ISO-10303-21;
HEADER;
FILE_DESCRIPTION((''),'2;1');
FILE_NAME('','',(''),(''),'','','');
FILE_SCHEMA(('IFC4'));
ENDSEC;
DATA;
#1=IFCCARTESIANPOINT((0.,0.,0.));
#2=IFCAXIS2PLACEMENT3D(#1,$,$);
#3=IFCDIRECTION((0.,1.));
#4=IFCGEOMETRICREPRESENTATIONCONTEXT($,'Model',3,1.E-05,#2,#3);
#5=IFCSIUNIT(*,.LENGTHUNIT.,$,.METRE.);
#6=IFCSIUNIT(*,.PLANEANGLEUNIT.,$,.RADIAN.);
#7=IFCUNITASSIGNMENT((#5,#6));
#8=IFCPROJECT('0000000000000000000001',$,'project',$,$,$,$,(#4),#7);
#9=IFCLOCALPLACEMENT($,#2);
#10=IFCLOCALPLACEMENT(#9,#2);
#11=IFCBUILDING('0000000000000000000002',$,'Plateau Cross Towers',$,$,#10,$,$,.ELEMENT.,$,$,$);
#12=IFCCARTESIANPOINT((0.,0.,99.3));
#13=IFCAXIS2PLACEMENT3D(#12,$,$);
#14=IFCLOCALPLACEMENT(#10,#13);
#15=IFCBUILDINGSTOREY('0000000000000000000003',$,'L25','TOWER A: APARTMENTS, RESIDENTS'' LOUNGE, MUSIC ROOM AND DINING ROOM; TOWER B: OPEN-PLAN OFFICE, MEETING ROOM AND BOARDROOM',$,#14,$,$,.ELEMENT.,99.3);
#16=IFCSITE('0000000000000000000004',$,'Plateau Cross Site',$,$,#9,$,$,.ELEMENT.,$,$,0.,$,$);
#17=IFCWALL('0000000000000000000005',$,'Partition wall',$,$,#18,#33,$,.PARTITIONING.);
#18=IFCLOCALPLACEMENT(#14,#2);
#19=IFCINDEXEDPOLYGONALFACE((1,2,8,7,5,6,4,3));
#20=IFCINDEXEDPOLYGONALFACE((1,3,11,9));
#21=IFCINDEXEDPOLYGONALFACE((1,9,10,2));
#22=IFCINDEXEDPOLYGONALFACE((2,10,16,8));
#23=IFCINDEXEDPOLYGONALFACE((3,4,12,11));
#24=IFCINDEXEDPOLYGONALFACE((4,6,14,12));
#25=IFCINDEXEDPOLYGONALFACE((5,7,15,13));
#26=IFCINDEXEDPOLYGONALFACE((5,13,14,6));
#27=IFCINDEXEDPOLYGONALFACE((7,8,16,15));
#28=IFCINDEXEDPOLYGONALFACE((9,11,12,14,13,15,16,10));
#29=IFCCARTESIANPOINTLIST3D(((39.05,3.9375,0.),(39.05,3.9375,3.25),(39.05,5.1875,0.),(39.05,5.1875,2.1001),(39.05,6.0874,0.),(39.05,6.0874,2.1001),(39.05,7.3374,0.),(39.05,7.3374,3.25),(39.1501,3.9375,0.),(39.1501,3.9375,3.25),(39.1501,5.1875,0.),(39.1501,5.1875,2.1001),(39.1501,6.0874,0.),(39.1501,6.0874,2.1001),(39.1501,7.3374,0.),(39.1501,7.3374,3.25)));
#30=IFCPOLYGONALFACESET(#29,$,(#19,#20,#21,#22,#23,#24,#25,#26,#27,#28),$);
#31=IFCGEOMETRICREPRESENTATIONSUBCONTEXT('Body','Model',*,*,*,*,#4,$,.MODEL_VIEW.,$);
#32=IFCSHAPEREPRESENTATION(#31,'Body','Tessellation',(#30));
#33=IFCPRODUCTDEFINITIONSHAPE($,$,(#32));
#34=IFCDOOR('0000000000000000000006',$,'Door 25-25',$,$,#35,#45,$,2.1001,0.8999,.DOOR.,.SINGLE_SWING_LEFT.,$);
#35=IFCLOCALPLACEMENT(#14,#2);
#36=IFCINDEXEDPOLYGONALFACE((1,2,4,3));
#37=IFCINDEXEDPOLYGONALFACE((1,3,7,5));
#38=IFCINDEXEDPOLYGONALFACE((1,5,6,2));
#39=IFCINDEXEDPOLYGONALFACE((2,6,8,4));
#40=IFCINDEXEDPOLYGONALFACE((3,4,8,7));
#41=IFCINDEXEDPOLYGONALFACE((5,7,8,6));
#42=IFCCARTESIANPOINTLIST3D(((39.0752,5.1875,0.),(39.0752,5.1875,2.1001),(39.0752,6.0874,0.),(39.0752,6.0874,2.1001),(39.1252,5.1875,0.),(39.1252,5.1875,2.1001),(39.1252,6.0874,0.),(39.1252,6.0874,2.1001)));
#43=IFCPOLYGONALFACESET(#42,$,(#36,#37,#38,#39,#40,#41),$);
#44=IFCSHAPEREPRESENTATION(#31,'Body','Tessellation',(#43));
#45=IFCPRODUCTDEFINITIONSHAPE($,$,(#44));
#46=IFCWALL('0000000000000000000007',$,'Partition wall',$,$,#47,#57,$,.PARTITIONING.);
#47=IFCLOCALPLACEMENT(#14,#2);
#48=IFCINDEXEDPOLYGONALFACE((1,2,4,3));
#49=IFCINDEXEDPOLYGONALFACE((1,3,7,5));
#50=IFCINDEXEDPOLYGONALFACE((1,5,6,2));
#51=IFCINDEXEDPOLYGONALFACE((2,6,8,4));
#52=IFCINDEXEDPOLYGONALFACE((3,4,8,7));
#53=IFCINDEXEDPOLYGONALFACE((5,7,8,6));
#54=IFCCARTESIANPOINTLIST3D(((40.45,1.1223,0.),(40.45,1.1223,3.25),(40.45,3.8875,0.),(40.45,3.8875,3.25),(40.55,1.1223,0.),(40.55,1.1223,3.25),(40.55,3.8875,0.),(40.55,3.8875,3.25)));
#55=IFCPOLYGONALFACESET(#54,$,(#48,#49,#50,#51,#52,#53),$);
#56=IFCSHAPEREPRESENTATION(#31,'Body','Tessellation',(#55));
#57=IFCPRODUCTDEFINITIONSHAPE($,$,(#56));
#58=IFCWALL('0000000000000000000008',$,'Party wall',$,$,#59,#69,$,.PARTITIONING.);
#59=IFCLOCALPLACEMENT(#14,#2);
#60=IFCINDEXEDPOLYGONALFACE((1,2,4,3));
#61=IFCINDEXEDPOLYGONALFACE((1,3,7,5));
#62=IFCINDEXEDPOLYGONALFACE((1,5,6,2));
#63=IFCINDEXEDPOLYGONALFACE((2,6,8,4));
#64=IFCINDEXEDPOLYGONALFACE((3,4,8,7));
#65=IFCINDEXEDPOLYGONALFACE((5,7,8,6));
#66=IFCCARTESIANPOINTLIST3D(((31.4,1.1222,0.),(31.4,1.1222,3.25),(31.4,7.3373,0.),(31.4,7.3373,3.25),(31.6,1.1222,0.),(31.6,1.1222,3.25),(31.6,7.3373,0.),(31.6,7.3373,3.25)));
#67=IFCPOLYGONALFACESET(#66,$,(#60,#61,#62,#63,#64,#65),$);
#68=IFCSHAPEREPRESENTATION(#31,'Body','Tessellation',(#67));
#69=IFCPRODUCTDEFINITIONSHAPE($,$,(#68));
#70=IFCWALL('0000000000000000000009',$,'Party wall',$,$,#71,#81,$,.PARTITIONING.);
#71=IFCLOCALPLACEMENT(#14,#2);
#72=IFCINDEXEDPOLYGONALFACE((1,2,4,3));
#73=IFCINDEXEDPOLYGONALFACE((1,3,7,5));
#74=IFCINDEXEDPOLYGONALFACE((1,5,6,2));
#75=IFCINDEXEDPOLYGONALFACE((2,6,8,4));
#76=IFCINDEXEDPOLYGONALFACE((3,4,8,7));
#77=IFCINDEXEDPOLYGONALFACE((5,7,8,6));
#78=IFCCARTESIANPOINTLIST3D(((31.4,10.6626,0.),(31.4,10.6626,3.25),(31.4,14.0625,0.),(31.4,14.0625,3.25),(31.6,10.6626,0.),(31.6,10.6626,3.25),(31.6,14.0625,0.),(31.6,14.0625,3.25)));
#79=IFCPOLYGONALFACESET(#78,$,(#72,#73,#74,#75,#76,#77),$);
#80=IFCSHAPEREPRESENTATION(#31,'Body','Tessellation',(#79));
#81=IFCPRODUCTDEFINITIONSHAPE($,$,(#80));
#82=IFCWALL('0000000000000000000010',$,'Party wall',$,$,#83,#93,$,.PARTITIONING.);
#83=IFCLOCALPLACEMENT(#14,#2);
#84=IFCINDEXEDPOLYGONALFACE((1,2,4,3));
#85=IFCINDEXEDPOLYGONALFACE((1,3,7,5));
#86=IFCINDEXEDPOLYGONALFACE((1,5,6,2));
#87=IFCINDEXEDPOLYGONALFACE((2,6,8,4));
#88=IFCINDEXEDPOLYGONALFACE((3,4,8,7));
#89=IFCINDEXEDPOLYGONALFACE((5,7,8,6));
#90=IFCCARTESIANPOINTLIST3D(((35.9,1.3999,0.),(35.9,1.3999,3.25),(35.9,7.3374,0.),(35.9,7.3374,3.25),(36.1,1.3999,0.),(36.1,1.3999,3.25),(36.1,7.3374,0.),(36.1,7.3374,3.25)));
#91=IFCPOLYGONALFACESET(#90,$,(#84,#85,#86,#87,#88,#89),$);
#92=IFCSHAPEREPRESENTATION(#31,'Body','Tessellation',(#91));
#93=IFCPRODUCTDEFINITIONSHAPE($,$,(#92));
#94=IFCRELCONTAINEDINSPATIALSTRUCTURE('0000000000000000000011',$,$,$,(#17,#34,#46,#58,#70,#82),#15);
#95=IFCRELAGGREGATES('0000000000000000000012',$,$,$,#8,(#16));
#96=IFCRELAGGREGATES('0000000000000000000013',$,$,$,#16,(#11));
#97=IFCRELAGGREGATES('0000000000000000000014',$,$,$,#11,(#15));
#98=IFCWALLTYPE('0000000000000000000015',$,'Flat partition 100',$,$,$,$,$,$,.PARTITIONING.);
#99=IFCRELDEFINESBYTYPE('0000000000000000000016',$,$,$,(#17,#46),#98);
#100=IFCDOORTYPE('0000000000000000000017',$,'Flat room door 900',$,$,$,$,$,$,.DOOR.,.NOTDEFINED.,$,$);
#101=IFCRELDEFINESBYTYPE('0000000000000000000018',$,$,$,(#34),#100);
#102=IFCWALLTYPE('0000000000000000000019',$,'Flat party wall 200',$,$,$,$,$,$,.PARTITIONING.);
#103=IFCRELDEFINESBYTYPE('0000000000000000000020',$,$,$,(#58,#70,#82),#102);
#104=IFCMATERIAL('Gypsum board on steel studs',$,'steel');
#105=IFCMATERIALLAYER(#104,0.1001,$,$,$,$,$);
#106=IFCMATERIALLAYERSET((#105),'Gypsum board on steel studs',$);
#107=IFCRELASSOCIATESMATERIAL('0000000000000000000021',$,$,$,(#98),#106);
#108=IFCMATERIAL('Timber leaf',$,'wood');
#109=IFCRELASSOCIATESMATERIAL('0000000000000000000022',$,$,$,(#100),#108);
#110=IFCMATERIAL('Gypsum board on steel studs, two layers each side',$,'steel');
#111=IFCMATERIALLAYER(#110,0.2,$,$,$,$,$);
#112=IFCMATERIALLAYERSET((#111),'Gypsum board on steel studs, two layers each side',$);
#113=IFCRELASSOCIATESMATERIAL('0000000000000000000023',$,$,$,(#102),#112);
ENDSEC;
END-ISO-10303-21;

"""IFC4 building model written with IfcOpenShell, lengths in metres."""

from ifc_helpers import new_model, si_unit, direction, frame, frame_2d, origin, place, context, subcontext, project, spatial, rectangle, extrude, material, layer, layer_set, type_object, element, fill, save


model = new_model("IFC4")

# Units and contexts
model_context = context("Model", 3, precision=1e-05, world=origin(), true_north=direction((0.0, 1.0)))
body_context = subcontext(model_context, "Body", "Model", "MODEL_VIEW")
ifc_project = project(units=[si_unit("LENGTHUNIT", "METRE"), si_unit("PLANEANGLEUNIT", "RADIAN")], contexts=[model_context])

# Site, building, storey
site_placement = place(None, origin())
site = spatial("IfcSite", under=ifc_project, at=site_placement, Name="Plateau Cross Site", CompositionType="ELEMENT", RefElevation=0.0)
building_placement = place(site_placement, origin())
building = spatial("IfcBuilding", under=site, at=building_placement, Name="Plateau Cross Towers", CompositionType="ELEMENT")
storey_placement = place(building_placement, frame((0.0, 0.0, 99.3)))
storey = spatial("IfcBuildingStorey", under=building, at=storey_placement, Name="L25", Description="TOWER A: APARTMENTS, RESIDENTS' LOUNGE, MUSIC ROOM AND DINING ROOM; TOWER B: OPEN-PLAN OFFICE, MEETING ROOM AND BOARDROOM", CompositionType="ELEMENT", Elevation=99.3)

# Shared definitions
ifc_material_1 = material(Name="Gypsum board on steel studs", Category="steel")
ifc_layer_1 = layer(ifc_material_1, 0.1001)
ifc_layer_set_1 = layer_set([ifc_layer_1], Name="Gypsum board on steel studs")
wall_type_1 = type_object("IfcWallType", Name="Flat partition 100", PredefinedType="PARTITIONING", material=ifc_layer_set_1)
ifc_material_2 = material(Name="Timber leaf", Category="wood")
door_type = type_object("IfcDoorType", Name="Flat room door 900", OperationType="NOTDEFINED", PredefinedType="DOOR", material=ifc_material_2)

# Wall, opening, door
wall_1_placement = place(storey_placement, frame((39.1001, 3.9375, 0.0), z_axis=(0.0, 0.0, 1.0), x_axis=(0.0, 1.0, 0.0)))
wall_1 = element("IfcWall", 1, at=wall_1_placement, inside=storey, type_object=wall_type_1, Name="Partition wall", PredefinedType="PARTITIONING", context=body_context, shape_type="SweptSolid", body=[
    extrude(rectangle(XDim=3.3999, YDim=0.1001, at=frame_2d((1.7, 0.0))), origin(), (0.0, 0.0, 1.0), 3.25),
])
opening_1_placement = place(wall_1_placement, frame((1.25, 0.0, 0.0)))
opening_1 = element("IfcOpeningElement", 2, at=opening_1_placement, cuts=wall_1, PredefinedType="OPENING", context=body_context, shape_type="SweptSolid", body=[
    extrude(rectangle(XDim=0.8999, YDim=2.1001, at=frame_2d((0.45, 1.05))), frame((0.0, 0.0601, 0.0), z_axis=(0.0, -1.0, 0.0), x_axis=(1.0, 0.0, 0.0)), (0.0, 0.0, 1.0), 0.1201),
])
door_1_placement = place(opening_1_placement, origin())
door_1 = element("IfcDoor", 3, at=door_1_placement, inside=storey, type_object=door_type, Name="Door 25-25", OperationType="SINGLE_SWING_LEFT", OverallHeight=2.1001, OverallWidth=0.8999, PredefinedType="DOOR", context=body_context, shape_type="SweptSolid", body=[
    extrude(rectangle(XDim=0.8999, YDim=2.1001, at=frame_2d((0.45, 1.05))), frame((0.0, 0.0249, 0.0), z_axis=(0.0, -1.0, 0.0), x_axis=(1.0, 0.0, 0.0)), (0.0, 0.0, 1.0), 0.05),
])
fill(opening_1, door_1)

# Walls
wall_2_placement = place(storey_placement, frame((40.5, 3.8875, 0.0), z_axis=(0.0, 0.0, 1.0), x_axis=(0.0, -1.0, 0.0)))
element("IfcWall", 4, at=wall_2_placement, inside=storey, type_object=wall_type_1, Name="Partition wall", PredefinedType="PARTITIONING", context=body_context, shape_type="SweptSolid", body=[
    extrude(rectangle(XDim=2.7651, YDim=0.1001, at=frame_2d((1.3826, 0.0))), origin(), (0.0, 0.0, 1.0), 3.25),
])
ifc_material_3 = material(Name="Gypsum board on steel studs, two layers each side", Category="steel")
ifc_layer_2 = layer(ifc_material_3, 0.2)
ifc_layer_set_2 = layer_set([ifc_layer_2], Name="Gypsum board on steel studs, two layers each side")
wall_type_2 = type_object("IfcWallType", Name="Flat party wall 200", PredefinedType="PARTITIONING", material=ifc_layer_set_2)
wall_3_placement = place(storey_placement, frame((31.5, 1.1223, 0.0), z_axis=(0.0, 0.0, 1.0), x_axis=(0.0, 1.0, 0.0)))
element("IfcWall", 5, at=wall_3_placement, inside=storey, type_object=wall_type_2, Name="Party wall", PredefinedType="PARTITIONING", context=body_context, shape_type="SweptSolid", body=[
    extrude(rectangle(XDim=6.2151, YDim=0.2, at=frame_2d((3.1074, 0.0))), origin(), (0.0, 0.0, 1.0), 3.25),
])
wall_4_placement = place(storey_placement, frame((31.5, 10.6626, 0.0), z_axis=(0.0, 0.0, 1.0), x_axis=(0.0, 1.0, 0.0)))
element("IfcWall", 6, at=wall_4_placement, inside=storey, type_object=wall_type_2, Name="Party wall", PredefinedType="PARTITIONING", context=body_context, shape_type="SweptSolid", body=[
    extrude(rectangle(XDim=3.3999, YDim=0.2, at=frame_2d((1.7, 0.0))), origin(), (0.0, 0.0, 1.0), 3.25),
])
wall_5_placement = place(storey_placement, frame((36.0, 1.3999, 0.0), z_axis=(0.0, 0.0, 1.0), x_axis=(0.0, 1.0, 0.0)))
element("IfcWall", 7, at=wall_5_placement, inside=storey, type_object=wall_type_2, Name="Party wall", PredefinedType="PARTITIONING", context=body_context, shape_type="SweptSolid", body=[
    extrude(rectangle(XDim=5.9375, YDim=0.2, at=frame_2d((2.9688, 0.0))), origin(), (0.0, 0.0, 1.0), 3.25),
])

save(model, "model.ifc")
